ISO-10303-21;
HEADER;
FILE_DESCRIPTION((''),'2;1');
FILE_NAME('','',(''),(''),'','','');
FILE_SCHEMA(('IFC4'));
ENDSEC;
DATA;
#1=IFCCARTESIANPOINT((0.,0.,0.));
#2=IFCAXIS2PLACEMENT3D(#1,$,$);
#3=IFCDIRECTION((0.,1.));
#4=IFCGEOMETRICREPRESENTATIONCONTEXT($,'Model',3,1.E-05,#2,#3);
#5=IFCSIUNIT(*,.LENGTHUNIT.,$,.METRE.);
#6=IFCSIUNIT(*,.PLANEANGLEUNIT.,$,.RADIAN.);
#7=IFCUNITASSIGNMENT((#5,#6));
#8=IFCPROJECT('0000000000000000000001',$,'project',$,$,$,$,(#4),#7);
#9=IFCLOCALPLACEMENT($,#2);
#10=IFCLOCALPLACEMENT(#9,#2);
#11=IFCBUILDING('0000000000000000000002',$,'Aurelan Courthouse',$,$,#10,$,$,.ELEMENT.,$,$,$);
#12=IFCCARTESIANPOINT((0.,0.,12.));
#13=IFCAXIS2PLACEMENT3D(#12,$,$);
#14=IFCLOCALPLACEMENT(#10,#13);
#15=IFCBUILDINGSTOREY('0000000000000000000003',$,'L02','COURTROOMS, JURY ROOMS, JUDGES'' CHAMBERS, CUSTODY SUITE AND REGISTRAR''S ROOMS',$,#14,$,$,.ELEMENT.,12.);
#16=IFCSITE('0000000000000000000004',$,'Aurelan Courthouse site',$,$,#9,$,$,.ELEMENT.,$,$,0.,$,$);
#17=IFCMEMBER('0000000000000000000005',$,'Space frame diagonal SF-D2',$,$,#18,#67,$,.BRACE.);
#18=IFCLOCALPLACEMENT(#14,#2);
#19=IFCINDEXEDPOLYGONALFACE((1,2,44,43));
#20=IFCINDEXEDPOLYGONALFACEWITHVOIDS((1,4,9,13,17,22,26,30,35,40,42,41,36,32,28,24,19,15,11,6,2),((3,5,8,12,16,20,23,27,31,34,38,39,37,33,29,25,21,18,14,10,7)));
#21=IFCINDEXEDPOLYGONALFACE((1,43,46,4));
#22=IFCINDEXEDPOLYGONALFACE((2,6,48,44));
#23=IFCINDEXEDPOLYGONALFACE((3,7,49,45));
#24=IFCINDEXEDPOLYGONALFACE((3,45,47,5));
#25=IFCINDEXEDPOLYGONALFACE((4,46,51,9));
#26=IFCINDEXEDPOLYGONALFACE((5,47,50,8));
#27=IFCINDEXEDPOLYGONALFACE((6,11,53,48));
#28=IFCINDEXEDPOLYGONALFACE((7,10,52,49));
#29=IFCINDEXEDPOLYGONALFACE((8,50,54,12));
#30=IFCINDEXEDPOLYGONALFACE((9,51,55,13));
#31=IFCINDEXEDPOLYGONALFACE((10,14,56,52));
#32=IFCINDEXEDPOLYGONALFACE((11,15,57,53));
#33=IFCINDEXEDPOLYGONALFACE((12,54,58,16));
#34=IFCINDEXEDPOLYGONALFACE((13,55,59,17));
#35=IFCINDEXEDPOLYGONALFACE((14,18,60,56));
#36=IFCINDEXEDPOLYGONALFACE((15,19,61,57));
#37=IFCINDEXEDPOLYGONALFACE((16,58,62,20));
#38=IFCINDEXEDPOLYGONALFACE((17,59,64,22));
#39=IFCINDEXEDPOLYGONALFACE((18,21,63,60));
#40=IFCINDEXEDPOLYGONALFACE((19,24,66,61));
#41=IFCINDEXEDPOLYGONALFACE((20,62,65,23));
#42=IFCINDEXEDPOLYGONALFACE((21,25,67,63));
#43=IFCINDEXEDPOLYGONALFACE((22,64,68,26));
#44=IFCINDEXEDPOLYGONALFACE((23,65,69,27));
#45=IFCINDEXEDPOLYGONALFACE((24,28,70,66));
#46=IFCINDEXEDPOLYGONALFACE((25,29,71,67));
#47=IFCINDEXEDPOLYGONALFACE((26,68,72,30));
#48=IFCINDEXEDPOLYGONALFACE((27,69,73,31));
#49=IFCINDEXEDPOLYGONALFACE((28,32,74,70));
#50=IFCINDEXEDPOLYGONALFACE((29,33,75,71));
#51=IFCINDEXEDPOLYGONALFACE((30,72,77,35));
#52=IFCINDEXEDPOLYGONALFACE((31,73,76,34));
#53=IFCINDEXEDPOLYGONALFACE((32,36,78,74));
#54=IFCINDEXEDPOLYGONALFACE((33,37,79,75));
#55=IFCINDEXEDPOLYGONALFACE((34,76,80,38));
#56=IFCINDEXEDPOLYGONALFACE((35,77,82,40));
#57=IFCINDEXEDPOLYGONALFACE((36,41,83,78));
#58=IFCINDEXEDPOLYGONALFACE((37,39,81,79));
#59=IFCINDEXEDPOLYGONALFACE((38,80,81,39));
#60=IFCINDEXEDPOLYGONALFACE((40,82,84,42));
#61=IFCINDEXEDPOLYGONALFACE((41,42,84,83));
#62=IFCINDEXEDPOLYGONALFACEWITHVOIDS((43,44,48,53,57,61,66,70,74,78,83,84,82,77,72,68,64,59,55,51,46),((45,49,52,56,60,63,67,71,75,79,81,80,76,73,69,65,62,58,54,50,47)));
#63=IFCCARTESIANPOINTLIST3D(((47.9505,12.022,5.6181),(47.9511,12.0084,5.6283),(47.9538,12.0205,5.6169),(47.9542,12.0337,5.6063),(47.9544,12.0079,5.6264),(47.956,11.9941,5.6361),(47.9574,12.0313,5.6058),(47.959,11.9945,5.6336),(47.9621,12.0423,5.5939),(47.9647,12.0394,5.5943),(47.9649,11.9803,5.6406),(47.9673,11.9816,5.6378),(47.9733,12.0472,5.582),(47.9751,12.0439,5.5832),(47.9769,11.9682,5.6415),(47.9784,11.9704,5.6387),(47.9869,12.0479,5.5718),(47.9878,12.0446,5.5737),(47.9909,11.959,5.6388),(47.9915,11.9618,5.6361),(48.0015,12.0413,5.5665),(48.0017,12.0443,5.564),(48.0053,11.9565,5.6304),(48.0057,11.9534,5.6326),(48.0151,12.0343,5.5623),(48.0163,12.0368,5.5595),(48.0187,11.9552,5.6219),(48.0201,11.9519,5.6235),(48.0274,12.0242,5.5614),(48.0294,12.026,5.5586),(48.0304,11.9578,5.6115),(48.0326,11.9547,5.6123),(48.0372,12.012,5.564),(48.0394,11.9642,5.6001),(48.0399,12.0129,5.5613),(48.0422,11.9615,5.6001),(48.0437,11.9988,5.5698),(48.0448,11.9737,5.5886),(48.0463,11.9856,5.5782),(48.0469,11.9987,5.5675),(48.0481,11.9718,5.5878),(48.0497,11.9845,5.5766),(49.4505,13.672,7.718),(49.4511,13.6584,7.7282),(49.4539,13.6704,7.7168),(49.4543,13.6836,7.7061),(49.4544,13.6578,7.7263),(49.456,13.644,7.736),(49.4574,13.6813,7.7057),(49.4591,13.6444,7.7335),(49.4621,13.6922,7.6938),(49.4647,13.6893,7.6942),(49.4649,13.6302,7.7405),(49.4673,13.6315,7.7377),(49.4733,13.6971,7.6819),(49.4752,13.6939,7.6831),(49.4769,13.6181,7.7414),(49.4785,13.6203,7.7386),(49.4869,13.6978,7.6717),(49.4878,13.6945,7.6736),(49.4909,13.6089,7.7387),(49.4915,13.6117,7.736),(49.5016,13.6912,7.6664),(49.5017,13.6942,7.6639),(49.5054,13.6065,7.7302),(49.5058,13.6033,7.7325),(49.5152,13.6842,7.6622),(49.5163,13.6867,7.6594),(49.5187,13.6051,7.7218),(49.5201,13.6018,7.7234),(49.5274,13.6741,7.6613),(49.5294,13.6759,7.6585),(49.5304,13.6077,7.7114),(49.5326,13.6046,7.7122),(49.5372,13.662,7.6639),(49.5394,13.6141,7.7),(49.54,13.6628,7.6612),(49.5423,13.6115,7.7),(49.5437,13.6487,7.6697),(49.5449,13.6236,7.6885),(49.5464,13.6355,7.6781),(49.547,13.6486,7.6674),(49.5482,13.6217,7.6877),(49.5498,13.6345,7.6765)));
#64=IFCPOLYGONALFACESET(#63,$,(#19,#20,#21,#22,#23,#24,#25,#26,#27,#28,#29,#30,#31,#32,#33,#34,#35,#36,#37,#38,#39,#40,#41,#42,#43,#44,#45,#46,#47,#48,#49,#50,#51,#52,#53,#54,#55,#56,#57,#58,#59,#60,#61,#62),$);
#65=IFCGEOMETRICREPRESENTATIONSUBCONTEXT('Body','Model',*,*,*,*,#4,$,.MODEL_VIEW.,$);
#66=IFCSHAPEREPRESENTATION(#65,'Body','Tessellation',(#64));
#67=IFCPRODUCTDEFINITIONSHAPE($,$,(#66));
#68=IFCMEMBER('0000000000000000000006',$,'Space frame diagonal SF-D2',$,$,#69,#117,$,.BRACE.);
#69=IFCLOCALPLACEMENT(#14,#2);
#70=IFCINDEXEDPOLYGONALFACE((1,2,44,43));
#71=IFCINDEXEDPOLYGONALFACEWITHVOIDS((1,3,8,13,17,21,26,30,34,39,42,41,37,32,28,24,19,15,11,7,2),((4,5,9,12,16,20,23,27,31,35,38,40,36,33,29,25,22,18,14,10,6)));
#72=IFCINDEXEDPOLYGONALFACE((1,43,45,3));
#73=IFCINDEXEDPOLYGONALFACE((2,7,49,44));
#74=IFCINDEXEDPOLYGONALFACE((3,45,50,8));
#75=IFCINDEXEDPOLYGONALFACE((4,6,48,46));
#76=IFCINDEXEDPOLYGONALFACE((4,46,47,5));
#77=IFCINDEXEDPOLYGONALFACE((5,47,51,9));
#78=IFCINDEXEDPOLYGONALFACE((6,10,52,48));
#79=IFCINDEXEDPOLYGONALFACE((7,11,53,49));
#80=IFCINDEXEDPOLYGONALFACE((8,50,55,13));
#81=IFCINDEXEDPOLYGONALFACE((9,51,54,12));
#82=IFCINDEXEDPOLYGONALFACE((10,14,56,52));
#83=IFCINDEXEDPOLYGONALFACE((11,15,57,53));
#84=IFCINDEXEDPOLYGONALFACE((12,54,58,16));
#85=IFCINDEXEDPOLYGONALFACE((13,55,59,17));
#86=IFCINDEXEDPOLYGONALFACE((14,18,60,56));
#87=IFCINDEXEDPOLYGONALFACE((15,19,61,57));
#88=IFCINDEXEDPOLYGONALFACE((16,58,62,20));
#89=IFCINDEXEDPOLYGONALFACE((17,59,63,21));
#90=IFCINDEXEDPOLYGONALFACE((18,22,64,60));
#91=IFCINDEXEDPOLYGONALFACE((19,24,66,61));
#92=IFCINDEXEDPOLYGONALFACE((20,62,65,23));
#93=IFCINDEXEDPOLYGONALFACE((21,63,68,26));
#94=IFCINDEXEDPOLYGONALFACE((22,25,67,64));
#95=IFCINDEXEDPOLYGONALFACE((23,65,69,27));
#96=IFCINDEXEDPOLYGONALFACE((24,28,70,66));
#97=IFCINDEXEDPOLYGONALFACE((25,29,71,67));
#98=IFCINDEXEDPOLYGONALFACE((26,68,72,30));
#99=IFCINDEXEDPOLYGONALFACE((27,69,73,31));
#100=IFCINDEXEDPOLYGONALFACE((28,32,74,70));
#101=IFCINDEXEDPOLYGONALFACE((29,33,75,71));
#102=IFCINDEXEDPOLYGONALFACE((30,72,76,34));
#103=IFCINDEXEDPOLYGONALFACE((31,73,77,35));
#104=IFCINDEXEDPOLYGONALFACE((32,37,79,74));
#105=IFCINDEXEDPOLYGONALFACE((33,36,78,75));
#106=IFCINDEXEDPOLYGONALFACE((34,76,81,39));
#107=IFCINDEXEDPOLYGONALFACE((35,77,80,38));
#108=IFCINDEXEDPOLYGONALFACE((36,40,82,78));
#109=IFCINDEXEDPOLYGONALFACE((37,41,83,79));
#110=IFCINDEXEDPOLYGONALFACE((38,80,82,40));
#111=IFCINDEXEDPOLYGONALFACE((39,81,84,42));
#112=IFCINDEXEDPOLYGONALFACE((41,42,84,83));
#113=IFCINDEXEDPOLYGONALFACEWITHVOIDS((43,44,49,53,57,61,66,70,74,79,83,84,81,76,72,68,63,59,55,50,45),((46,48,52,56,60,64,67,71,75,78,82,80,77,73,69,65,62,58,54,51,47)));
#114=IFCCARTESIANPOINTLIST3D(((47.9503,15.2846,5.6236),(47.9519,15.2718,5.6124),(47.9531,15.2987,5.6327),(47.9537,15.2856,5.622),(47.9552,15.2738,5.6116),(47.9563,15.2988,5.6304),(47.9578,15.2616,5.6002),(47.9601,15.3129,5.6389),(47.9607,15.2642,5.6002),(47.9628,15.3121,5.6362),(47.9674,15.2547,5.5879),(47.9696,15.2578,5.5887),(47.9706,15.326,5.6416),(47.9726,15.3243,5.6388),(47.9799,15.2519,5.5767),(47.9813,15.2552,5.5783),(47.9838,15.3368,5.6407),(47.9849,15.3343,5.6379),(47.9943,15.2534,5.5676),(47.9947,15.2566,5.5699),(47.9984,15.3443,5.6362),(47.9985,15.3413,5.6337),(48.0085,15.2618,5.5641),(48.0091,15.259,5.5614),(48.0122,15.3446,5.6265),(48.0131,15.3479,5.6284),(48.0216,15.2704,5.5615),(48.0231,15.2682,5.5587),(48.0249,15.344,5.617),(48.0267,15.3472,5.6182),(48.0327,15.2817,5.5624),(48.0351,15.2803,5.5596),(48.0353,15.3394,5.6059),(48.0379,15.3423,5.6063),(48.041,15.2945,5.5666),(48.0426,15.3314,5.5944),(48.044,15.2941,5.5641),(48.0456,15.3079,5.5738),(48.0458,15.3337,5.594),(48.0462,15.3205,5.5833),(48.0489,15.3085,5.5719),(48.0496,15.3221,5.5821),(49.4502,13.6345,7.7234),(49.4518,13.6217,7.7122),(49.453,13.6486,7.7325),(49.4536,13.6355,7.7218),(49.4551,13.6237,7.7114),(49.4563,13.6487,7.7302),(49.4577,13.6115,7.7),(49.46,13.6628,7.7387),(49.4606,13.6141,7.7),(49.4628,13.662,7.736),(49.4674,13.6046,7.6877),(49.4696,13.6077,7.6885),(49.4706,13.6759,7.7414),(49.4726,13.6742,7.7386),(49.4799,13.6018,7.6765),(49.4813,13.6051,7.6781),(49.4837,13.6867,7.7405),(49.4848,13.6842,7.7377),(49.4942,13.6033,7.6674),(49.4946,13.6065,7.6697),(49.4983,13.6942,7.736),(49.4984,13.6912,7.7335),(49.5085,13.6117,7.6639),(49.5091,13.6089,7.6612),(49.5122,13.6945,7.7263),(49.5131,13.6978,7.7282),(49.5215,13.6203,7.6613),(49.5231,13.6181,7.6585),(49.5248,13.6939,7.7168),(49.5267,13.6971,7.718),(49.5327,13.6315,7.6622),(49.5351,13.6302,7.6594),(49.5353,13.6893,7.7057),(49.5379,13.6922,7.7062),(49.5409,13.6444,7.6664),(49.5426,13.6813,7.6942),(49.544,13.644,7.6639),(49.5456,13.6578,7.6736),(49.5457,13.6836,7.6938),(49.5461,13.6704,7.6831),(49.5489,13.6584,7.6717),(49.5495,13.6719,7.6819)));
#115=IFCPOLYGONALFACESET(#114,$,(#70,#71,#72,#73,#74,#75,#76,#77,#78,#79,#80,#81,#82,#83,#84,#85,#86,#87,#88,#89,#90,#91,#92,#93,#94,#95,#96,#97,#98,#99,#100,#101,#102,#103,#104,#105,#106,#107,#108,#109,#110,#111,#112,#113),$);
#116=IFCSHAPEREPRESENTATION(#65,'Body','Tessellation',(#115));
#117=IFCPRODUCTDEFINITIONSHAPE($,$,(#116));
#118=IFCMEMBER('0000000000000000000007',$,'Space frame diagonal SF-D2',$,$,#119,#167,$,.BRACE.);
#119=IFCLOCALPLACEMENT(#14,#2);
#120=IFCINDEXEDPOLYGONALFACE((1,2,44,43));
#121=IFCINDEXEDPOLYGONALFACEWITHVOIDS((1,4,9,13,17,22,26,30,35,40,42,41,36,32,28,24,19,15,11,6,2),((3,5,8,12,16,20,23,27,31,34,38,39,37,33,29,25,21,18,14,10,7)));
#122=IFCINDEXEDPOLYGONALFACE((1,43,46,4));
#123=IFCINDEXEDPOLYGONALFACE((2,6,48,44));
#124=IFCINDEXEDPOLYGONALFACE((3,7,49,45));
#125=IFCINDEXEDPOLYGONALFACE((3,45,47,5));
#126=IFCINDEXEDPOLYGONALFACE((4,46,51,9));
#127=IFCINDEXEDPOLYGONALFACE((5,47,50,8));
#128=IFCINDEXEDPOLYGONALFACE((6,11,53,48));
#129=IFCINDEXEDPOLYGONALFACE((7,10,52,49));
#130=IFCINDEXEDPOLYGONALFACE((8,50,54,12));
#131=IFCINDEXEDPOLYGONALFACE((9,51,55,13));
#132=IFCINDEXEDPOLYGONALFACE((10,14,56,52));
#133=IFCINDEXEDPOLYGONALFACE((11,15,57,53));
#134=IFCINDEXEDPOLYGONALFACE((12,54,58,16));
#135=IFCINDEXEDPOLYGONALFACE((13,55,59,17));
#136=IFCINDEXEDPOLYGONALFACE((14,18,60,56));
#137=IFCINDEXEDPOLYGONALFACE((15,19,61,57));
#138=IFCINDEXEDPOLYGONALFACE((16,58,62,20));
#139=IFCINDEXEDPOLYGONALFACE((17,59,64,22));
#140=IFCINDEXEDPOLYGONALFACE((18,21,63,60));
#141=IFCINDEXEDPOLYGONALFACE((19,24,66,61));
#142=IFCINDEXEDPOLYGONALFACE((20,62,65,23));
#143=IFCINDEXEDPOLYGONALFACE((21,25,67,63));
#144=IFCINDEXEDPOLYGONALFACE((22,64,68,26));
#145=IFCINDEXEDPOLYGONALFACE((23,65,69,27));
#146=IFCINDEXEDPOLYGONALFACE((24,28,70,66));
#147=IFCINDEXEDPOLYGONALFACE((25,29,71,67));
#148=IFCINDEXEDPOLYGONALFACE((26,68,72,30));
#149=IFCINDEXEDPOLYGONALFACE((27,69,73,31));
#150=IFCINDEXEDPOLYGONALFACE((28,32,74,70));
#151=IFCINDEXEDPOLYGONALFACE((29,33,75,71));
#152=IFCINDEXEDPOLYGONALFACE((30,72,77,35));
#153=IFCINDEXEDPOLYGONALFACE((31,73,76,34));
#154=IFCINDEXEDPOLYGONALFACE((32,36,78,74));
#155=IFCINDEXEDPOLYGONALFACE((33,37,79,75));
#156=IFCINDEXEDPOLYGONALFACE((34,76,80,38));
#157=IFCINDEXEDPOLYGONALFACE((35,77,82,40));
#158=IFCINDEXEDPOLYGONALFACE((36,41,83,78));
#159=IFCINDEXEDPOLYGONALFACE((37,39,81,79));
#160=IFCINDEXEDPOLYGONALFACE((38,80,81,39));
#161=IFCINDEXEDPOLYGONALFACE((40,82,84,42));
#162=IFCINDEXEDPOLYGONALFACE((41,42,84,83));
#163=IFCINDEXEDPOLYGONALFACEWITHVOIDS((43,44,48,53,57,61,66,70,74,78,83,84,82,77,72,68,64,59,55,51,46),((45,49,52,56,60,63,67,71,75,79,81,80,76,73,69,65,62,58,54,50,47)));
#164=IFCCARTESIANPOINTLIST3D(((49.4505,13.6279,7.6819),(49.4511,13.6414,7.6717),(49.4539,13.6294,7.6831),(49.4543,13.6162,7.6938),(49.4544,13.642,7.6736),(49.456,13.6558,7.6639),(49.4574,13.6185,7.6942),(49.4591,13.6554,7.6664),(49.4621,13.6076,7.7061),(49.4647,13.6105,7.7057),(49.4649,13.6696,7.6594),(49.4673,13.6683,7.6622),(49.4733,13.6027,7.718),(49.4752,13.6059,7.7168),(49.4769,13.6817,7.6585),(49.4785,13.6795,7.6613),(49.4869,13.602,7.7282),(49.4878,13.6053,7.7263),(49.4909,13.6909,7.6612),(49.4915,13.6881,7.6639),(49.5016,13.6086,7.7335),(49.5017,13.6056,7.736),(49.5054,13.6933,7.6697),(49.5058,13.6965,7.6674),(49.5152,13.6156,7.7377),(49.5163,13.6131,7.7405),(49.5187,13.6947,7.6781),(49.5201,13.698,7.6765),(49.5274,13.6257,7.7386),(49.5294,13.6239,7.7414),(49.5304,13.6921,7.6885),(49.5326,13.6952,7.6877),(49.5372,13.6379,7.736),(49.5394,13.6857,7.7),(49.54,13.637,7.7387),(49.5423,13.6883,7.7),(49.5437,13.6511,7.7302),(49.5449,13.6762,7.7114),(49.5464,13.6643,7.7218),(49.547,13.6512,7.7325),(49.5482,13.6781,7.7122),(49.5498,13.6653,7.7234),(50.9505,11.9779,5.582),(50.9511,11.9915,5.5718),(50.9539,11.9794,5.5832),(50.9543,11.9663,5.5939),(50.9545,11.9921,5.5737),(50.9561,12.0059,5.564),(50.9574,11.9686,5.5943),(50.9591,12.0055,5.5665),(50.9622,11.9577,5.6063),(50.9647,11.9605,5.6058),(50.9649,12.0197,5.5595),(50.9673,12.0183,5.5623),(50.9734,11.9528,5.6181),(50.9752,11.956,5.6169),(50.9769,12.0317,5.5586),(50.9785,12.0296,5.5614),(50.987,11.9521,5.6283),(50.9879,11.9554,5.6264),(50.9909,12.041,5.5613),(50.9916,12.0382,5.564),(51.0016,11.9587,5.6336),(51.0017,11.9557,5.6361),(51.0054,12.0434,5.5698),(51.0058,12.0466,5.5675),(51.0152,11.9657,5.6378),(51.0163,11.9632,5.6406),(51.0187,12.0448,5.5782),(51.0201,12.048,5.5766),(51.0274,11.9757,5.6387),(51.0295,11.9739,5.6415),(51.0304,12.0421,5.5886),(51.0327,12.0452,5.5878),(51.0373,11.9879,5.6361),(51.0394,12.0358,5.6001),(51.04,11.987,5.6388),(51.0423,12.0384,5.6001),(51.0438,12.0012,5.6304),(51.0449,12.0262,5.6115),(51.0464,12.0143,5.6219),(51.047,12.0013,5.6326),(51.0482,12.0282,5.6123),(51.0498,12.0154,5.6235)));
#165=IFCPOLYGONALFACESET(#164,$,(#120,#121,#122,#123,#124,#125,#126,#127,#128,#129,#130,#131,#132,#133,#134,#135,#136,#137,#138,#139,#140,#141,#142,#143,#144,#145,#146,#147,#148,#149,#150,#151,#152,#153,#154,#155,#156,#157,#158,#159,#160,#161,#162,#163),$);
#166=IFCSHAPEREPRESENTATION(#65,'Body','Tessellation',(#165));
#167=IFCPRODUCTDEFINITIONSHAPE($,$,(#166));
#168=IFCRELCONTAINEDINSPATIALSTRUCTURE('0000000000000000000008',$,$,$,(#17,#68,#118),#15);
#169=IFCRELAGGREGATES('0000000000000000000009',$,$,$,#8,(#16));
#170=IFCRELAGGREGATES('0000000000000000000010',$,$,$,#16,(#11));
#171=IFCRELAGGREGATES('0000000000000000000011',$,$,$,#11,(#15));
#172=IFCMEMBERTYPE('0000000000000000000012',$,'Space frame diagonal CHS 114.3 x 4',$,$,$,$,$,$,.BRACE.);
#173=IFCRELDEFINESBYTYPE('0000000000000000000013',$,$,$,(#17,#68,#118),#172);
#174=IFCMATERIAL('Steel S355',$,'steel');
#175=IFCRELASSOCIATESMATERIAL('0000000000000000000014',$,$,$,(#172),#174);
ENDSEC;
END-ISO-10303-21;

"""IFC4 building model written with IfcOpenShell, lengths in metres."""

from ifc_helpers import new_model, si_unit, direction, frame, origin, origin_2d, place, context, subcontext, project, spatial, hollow_circle, extrude, material, material_profile, profile_set, type_object, element, save


model = new_model("IFC4")

# Units and contexts
model_context = context("Model", 3, precision=1e-05, world=origin(), true_north=direction((0.0, 1.0)))
body_context = subcontext(model_context, "Body", "Model", "MODEL_VIEW")
ifc_project = project(units=[si_unit("LENGTHUNIT", "METRE"), si_unit("PLANEANGLEUNIT", "RADIAN")], contexts=[model_context])

# Site, building, storey
site_placement = place(None, origin())
site = spatial("IfcSite", under=ifc_project, at=site_placement, Name="Aurelan Courthouse site", CompositionType="ELEMENT", RefElevation=0.0)
building_placement = place(site_placement, origin())
building = spatial("IfcBuilding", under=site, at=building_placement, Name="Aurelan Courthouse", CompositionType="ELEMENT")
storey_placement = place(building_placement, frame((0.0, 0.0, 12.0)))
storey = spatial("IfcBuildingStorey", under=building, at=storey_placement, Name="L02", Description="COURTROOMS, JURY ROOMS, JUDGES' CHAMBERS, CUSTODY SUITE AND REGISTRAR'S ROOMS", CompositionType="ELEMENT", Elevation=12.0)

# Members
ifc_material_1 = material(Name="Steel S355", Category="steel")
ifc_material_profile_1 = material_profile(ifc_material_1, hollow_circle(Radius=0.0571, WallThickness=0.0039, at=origin_2d()), Name="CHS 114.3 x 4")
ifc_profile_set_1 = profile_set([ifc_material_profile_1], Name="Steel S355")
member_type_1 = type_object("IfcMemberType", Name="Space frame diagonal CHS 114.3 x 4", PredefinedType="BRACE", material=ifc_profile_set_1)
for number, where, z_axis, x_axis, name in (
    (1, (49.5, 13.6499, 7.7), (-0.489727, -0.538667, -0.685569), (0.73992, -0.672695, 0.0), "Space frame diagonal SF-D2"),
    (2, (49.5, 13.6499, 7.7), (-0.489706, 0.538724, -0.68554), (-0.73997, -0.67264, 0.0), "Space frame diagonal SF-D2"),
    (3, (49.5, 13.6499, 7.7), (0.489727, -0.538667, -0.685569), (0.73992, 0.672695, 0.0), "Space frame diagonal SF-D2"),
):
    element("IfcMember", number, at=place(storey_placement, frame(where, z_axis=z_axis, x_axis=x_axis)), inside=storey, type_object=member_type_1, Name=name, PredefinedType="BRACE", context=body_context, shape_type="SweptSolid", body=[
        extrude(hollow_circle(Radius=0.0571, WallThickness=0.0039, at=origin_2d()), origin(), (0.0, 0.0, 1.0), 3.063),
    ])

save(model, "model.ifc")
